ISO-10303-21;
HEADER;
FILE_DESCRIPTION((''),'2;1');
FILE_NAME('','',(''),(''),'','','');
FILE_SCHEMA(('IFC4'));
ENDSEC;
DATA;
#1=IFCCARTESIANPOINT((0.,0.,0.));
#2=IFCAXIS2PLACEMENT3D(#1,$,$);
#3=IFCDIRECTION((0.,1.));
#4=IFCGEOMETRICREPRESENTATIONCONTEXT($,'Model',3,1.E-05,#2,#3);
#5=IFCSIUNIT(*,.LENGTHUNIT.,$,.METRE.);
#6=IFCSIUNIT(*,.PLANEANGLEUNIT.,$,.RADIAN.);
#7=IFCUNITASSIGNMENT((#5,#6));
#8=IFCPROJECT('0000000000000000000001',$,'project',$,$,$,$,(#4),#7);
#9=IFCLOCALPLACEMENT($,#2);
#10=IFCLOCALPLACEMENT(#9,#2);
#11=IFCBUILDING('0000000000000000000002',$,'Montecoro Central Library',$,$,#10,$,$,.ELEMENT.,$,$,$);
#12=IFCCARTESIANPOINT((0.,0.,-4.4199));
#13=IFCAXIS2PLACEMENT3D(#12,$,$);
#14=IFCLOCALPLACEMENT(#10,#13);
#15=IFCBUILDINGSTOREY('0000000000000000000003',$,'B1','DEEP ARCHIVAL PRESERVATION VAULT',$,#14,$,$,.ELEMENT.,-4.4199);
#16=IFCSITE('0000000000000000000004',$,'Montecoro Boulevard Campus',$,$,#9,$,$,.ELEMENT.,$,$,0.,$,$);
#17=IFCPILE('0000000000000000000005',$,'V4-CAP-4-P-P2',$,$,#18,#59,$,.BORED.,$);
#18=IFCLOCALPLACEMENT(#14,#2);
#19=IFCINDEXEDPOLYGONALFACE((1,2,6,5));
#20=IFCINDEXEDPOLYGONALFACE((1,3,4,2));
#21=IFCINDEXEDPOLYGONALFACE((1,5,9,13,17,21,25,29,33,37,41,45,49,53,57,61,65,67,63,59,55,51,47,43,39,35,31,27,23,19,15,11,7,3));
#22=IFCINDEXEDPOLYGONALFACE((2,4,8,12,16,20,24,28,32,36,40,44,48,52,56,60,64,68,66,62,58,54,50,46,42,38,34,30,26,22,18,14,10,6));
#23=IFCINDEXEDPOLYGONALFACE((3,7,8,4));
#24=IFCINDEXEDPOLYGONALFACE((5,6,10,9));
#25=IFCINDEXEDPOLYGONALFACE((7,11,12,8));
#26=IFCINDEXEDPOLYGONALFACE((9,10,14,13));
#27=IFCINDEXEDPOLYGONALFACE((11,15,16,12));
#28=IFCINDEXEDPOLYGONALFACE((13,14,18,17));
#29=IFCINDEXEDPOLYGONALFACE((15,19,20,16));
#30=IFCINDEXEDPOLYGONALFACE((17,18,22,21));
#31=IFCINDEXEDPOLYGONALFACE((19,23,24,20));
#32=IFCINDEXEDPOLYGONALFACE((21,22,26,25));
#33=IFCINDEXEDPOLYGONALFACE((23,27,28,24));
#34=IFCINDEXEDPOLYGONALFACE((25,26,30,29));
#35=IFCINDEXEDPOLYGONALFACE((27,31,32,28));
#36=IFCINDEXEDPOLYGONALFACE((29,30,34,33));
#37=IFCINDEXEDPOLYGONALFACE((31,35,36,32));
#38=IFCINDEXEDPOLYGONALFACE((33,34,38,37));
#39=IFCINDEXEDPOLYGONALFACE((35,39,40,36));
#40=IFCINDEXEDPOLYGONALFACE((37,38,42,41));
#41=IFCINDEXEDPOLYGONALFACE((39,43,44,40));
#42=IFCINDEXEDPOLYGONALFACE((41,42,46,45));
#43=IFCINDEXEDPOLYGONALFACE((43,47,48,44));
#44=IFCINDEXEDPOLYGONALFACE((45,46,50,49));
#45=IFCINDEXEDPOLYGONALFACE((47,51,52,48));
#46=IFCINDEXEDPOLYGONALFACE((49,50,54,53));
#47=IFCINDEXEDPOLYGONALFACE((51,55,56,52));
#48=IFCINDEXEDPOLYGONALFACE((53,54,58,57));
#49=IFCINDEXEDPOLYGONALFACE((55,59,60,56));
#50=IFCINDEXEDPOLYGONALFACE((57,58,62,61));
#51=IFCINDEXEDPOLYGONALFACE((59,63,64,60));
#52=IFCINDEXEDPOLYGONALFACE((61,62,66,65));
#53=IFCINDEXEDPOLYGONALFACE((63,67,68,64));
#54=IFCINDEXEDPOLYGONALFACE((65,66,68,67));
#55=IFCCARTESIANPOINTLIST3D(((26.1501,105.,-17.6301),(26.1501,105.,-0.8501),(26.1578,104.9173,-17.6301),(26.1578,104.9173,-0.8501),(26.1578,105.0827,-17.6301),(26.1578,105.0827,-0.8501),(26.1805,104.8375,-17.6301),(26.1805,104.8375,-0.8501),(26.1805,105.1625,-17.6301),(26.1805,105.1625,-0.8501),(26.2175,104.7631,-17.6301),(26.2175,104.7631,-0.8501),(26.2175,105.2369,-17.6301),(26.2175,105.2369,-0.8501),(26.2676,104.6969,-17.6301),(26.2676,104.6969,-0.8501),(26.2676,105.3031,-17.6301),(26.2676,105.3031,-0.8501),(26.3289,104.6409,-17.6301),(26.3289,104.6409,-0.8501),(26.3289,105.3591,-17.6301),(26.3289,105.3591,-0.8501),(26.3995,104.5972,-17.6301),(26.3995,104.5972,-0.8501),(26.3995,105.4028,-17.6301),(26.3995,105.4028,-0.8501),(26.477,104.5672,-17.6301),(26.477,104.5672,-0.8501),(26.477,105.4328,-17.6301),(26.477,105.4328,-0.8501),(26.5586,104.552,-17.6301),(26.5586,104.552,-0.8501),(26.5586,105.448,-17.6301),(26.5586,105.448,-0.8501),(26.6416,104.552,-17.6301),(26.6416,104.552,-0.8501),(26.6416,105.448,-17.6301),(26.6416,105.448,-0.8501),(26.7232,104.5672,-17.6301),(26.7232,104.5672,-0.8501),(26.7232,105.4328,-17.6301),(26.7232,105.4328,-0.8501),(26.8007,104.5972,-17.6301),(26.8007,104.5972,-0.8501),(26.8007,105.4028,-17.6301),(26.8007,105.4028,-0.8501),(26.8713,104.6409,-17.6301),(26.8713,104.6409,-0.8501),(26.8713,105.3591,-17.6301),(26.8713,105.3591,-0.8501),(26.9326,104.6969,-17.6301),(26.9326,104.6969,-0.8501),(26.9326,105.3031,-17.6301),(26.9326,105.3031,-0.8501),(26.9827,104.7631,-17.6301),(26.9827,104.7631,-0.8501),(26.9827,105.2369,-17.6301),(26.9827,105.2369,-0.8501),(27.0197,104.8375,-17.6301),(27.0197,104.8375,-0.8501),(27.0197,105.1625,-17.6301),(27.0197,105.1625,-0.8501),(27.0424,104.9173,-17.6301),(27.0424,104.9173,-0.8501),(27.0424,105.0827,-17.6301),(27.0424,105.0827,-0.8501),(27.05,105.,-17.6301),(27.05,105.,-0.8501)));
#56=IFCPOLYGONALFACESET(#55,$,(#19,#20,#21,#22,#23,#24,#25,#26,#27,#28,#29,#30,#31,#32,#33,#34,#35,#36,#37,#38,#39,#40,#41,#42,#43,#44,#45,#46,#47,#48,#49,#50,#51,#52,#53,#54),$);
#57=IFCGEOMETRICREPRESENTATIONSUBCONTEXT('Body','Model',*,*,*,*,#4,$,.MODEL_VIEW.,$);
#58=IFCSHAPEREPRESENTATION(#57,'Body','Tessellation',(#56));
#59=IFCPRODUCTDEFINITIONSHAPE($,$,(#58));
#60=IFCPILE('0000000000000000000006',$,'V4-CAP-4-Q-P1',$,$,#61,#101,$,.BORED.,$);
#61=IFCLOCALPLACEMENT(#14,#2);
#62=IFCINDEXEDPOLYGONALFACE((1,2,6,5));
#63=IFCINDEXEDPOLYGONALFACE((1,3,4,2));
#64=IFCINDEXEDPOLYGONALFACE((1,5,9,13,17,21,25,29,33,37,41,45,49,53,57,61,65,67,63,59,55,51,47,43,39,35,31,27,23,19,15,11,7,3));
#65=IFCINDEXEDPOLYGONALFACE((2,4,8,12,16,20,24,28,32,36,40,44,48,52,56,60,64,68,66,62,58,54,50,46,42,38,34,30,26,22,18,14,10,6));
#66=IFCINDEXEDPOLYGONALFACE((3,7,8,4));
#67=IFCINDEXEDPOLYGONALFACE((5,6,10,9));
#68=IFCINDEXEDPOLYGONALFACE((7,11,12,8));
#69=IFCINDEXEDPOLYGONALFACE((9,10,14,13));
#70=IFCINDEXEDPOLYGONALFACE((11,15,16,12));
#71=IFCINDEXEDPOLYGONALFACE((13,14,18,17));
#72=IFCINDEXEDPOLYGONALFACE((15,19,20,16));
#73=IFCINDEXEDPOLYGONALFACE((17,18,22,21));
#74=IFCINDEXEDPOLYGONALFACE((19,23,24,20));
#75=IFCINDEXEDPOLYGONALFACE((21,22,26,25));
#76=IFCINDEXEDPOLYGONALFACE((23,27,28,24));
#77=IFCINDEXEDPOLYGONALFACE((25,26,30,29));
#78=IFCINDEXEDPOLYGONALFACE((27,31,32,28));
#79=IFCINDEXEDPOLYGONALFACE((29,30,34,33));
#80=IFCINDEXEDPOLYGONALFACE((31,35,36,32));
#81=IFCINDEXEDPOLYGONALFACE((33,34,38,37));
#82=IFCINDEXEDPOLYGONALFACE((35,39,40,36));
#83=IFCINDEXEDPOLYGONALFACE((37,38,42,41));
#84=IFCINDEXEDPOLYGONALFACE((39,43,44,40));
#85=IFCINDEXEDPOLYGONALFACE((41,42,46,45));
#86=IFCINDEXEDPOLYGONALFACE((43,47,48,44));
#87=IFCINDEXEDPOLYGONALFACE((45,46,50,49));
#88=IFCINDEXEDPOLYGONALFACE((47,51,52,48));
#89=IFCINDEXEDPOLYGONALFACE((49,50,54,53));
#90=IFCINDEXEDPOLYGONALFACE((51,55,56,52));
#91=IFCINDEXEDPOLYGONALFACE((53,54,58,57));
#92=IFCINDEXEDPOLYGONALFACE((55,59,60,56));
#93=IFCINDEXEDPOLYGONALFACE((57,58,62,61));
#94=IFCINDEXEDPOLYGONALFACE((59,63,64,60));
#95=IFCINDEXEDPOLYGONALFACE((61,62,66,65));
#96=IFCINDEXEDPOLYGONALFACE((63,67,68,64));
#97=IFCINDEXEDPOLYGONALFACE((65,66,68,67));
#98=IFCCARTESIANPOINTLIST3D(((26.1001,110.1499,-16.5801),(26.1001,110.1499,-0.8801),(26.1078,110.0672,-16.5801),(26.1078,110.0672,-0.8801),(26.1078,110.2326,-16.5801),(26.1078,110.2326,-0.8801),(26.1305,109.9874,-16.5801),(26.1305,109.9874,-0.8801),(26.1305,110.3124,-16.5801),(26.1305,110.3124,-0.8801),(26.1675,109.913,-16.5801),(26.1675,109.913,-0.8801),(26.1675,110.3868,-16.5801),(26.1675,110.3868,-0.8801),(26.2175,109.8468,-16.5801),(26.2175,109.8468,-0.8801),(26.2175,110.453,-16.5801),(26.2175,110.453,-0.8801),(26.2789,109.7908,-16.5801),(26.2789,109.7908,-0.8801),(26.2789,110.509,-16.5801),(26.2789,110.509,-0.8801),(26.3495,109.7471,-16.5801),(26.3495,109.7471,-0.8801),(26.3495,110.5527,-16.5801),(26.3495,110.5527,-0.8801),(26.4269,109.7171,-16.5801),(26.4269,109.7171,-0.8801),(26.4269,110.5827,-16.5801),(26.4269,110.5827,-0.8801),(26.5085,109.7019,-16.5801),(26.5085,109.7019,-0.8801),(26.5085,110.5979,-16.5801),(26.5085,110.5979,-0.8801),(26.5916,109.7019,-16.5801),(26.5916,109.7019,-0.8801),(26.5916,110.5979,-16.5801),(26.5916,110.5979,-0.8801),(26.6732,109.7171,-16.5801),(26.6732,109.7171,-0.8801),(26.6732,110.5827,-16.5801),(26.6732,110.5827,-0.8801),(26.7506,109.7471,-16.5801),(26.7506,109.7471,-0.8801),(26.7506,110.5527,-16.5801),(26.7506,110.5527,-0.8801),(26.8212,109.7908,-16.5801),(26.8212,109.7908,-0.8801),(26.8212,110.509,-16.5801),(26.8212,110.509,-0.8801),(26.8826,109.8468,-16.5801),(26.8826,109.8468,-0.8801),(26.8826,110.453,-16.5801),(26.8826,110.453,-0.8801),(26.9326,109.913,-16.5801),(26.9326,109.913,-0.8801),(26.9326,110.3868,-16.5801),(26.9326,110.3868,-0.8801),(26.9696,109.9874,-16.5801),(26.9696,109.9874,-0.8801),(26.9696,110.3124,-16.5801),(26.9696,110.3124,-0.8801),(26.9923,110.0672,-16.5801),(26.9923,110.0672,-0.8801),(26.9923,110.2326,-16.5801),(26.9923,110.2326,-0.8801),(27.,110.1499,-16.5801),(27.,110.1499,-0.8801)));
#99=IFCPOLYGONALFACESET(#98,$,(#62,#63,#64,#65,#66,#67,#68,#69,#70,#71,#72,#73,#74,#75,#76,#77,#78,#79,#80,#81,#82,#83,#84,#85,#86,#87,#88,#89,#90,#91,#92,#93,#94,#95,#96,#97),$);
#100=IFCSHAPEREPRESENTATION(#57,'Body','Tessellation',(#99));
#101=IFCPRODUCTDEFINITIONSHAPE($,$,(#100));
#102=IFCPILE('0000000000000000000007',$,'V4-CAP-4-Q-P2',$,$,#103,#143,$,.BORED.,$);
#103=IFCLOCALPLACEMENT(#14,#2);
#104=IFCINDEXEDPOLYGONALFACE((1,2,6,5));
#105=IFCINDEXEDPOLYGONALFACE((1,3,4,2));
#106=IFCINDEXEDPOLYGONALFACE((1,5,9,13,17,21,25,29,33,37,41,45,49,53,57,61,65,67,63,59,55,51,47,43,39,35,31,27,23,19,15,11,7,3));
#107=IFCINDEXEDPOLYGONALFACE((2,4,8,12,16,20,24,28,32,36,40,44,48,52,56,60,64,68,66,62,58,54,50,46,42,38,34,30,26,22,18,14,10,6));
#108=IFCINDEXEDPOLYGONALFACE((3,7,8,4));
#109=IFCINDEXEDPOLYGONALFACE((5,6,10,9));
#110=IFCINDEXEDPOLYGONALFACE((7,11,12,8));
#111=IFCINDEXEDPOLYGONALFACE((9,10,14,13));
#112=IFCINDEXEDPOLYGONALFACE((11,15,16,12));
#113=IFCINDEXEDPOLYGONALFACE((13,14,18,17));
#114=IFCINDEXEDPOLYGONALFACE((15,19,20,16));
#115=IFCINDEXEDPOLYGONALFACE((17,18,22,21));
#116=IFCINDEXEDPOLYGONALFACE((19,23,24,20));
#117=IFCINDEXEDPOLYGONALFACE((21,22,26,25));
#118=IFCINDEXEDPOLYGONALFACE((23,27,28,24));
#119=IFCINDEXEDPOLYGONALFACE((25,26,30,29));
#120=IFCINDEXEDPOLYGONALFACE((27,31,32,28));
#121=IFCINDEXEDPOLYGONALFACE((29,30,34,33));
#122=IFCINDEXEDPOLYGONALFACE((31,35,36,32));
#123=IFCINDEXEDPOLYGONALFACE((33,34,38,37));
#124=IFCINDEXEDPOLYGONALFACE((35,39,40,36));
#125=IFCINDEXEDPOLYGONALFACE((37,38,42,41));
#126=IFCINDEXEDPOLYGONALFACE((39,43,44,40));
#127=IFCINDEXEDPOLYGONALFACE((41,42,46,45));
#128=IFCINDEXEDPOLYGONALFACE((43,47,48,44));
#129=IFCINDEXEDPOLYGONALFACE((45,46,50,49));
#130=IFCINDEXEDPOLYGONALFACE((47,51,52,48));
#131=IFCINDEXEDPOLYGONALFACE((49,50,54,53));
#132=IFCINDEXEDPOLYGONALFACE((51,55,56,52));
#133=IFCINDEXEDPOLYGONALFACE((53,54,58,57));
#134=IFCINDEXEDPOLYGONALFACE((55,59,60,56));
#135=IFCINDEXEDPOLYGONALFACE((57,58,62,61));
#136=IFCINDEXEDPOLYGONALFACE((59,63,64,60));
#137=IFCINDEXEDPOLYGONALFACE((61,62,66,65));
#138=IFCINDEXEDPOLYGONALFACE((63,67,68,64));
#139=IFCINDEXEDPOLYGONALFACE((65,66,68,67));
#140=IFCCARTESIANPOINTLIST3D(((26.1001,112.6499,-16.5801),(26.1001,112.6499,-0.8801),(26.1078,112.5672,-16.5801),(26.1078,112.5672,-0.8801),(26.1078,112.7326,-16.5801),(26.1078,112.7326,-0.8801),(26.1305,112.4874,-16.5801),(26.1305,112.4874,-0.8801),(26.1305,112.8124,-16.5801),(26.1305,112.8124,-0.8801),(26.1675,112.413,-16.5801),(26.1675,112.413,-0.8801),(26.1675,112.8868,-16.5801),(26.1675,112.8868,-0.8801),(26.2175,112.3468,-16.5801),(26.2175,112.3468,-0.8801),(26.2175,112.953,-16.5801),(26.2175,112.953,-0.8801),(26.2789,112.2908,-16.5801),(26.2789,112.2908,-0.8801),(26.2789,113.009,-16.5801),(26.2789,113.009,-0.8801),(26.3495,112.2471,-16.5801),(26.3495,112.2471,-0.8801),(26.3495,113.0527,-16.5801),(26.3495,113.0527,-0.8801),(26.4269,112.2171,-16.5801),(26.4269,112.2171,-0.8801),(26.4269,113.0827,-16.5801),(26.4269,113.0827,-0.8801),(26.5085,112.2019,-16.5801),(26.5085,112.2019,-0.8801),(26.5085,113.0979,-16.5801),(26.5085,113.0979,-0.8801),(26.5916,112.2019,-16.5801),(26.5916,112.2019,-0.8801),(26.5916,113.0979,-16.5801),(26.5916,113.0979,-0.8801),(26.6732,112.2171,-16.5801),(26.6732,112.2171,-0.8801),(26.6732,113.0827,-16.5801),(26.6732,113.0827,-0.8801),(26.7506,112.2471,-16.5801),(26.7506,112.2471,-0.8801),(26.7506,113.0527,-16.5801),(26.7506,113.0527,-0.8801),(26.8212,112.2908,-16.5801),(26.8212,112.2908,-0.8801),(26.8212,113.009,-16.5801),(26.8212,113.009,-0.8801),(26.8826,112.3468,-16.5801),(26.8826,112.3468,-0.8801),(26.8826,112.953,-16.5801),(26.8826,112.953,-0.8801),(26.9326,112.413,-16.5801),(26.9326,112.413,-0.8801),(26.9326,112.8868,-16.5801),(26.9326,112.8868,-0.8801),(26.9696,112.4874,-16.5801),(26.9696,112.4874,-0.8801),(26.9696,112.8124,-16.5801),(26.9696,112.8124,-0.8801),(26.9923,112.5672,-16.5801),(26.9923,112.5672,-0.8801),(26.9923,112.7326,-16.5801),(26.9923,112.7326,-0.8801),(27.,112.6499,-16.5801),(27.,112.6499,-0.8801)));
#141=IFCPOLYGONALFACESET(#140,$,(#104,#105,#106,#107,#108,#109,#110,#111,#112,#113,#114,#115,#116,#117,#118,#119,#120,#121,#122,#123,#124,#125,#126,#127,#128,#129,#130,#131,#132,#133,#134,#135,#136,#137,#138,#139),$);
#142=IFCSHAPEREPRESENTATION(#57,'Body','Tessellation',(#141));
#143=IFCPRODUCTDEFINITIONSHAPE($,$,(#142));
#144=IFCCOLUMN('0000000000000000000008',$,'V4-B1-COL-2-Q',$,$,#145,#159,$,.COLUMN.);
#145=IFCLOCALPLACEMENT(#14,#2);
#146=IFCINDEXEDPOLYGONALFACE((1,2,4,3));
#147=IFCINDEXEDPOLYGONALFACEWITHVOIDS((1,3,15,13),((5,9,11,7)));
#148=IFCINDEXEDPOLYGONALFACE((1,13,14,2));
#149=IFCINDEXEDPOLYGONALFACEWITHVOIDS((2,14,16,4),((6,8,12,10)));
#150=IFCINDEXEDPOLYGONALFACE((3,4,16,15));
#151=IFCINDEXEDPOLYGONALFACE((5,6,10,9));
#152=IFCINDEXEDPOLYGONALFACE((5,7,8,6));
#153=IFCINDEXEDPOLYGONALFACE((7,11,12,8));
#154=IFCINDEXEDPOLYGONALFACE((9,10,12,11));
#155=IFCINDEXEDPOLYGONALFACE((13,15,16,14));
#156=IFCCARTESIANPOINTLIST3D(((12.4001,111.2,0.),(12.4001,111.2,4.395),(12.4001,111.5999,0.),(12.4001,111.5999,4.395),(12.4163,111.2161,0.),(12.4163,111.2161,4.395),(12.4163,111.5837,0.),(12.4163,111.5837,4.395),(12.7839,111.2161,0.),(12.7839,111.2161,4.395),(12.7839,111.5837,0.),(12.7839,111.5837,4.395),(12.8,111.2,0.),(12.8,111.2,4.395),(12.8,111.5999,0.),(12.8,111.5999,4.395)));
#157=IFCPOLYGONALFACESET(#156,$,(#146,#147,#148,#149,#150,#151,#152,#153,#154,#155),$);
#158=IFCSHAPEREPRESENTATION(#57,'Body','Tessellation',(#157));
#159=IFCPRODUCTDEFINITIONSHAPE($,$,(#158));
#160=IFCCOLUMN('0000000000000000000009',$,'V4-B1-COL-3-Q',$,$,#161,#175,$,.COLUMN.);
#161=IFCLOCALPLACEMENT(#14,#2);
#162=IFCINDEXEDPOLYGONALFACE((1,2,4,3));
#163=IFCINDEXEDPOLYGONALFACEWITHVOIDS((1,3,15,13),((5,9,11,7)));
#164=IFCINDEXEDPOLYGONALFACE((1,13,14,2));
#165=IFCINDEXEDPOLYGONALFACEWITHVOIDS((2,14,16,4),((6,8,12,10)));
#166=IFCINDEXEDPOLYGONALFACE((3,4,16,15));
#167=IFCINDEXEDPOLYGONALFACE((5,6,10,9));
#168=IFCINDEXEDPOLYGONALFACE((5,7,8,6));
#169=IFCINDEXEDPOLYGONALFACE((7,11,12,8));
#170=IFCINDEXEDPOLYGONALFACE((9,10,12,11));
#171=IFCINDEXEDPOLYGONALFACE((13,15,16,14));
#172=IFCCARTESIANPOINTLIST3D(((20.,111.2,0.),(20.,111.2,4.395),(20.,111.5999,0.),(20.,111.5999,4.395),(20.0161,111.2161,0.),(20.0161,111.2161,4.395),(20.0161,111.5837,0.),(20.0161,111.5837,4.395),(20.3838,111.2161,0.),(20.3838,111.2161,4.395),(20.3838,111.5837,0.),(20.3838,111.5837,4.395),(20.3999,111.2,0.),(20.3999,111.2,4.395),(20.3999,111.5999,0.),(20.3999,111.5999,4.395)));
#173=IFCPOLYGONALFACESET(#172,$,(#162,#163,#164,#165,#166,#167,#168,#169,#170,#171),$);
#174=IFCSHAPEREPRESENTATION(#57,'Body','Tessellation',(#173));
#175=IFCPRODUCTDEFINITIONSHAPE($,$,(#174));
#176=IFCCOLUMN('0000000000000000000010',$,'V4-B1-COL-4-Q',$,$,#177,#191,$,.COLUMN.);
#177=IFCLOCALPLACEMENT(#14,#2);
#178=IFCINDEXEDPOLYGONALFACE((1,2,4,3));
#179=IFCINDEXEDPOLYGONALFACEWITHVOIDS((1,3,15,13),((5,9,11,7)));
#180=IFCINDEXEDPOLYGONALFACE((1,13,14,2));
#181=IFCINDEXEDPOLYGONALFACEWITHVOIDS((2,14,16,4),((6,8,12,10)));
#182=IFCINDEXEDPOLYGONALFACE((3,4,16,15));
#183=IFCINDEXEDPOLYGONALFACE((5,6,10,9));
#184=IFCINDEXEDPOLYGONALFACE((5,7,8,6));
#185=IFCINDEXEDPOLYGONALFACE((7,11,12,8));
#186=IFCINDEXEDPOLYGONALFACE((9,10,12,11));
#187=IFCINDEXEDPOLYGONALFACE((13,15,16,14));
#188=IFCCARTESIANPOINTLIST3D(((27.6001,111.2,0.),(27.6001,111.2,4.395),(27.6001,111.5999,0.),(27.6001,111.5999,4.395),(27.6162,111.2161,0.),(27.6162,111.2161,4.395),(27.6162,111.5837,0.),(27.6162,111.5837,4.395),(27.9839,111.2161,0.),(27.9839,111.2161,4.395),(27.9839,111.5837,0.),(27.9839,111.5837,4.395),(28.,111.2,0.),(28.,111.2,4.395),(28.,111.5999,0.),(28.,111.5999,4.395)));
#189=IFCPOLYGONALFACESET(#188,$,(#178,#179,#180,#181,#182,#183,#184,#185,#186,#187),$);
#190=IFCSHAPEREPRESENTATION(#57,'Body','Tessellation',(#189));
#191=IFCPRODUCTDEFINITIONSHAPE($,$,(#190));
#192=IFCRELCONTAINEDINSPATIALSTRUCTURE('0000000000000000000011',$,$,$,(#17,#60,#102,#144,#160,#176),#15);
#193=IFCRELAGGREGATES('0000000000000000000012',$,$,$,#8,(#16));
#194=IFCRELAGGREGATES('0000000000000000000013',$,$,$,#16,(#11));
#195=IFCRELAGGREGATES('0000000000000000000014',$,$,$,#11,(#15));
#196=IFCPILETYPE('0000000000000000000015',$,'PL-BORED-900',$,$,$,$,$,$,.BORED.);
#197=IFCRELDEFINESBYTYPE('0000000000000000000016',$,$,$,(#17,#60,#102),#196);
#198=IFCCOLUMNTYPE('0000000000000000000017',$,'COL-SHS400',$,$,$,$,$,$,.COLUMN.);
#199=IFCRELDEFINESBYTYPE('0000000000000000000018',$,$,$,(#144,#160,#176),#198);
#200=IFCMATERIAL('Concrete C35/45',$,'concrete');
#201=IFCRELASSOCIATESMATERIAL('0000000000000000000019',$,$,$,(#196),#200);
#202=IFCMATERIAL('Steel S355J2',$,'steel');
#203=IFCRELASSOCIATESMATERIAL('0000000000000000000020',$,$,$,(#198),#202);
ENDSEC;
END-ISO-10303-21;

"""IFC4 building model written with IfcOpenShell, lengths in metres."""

from ifc_helpers import new_model, si_unit, direction, frame, origin, origin_2d, place, context, subcontext, project, spatial, hollow_rectangle, circle, extrude, material, material_profile, profile_set, type_object, element, save


model = new_model("IFC4")

# Units and contexts
model_context = context("Model", 3, precision=1e-05, world=origin(), true_north=direction((0.0, 1.0)))
body_context = subcontext(model_context, "Body", "Model", "MODEL_VIEW")
ifc_project = project(units=[si_unit("LENGTHUNIT", "METRE"), si_unit("PLANEANGLEUNIT", "RADIAN")], contexts=[model_context])

# Site, building, storey
site_placement = place(None, origin())
site = spatial("IfcSite", under=ifc_project, at=site_placement, Name="Montecoro Boulevard Campus", CompositionType="ELEMENT", RefElevation=0.0)
building_placement = place(site_placement, origin())
building = spatial("IfcBuilding", under=site, at=building_placement, Name="Montecoro Central Library", CompositionType="ELEMENT")
storey_placement = place(building_placement, frame((0.0, 0.0, -4.4199)))
storey = spatial("IfcBuildingStorey", under=building, at=storey_placement, Name="B1", Description="DEEP ARCHIVAL PRESERVATION VAULT", CompositionType="ELEMENT", Elevation=-4.4199)

# Shared definitions
ifc_material_1 = material(Name="Concrete C35/45", Category="concrete")

# Piles
ifc_material_profile_1 = material_profile(ifc_material_1, circle(Radius=0.45, at=origin_2d()), Name="PILE D900")
ifc_profile_set_1 = profile_set([ifc_material_profile_1], Name="Concrete C35/45")
pile_type_1 = type_object("IfcPileType", Name="PL-BORED-900", PredefinedType="BORED", material=ifc_profile_set_1)
pile_1_placement = place(storey_placement, frame((26.6001, 105.0, -0.8501), z_axis=(0.0, 0.0, -1.0), x_axis=(1.0, 0.0, 0.0)))
element("IfcPile", 1, at=pile_1_placement, inside=storey, type_object=pile_type_1, Name="V4-CAP-4-P-P2", PredefinedType="BORED", context=body_context, shape_type="SweptSolid", body=[
    extrude(circle(Radius=0.45, at=origin_2d()), origin(), (0.0, 0.0, 1.0), 16.78),
])
for number, where, z_axis, x_axis, name in (
    (2, (26.55, 110.1499, -0.8801), (0.0, 0.0, -1.0), (1.0, 0.0, 0.0), "V4-CAP-4-Q-P1"),
    (3, (26.55, 112.6499, -0.8801), (0.0, 0.0, -1.0), (1.0, 0.0, 0.0), "V4-CAP-4-Q-P2"),
):
    element("IfcPile", number, at=place(storey_placement, frame(where, z_axis=z_axis, x_axis=x_axis)), inside=storey, type_object=pile_type_1, Name=name, PredefinedType="BORED", context=body_context, shape_type="SweptSolid", body=[
        extrude(circle(Radius=0.45, at=origin_2d()), origin(), (0.0, 0.0, 1.0), 15.7),
    ])

# Columns
ifc_material_2 = material(Name="Steel S355J2", Category="steel")
ifc_material_profile_2 = material_profile(ifc_material_2, hollow_rectangle(XDim=0.3999, YDim=0.3999, WallThickness=0.0161, at=origin_2d()), Name="SHS 400x400x16.0")
ifc_profile_set_2 = profile_set([ifc_material_profile_2], Name="Steel S355J2")
column_type = type_object("IfcColumnType", Name="COL-SHS400", PredefinedType="COLUMN", material=ifc_profile_set_2)
for number, where, z_axis, x_axis, name in (
    (4, (12.6001, 111.3999, 0.0), (0.0, 0.0, 1.0), (1.0, 0.0, 0.0), "V4-B1-COL-2-Q"),
    (5, (20.2, 111.3999, 0.0), (0.0, 0.0, 1.0), (1.0, 0.0, 0.0), "V4-B1-COL-3-Q"),
    (6, (27.8, 111.3999, 0.0), (0.0, 0.0, 1.0), (1.0, 0.0, 0.0), "V4-B1-COL-4-Q"),
):
    element("IfcColumn", number, at=place(storey_placement, frame(where, z_axis=z_axis, x_axis=x_axis)), inside=storey, type_object=column_type, Name=name, PredefinedType="COLUMN", context=body_context, shape_type="SweptSolid", body=[
        extrude(hollow_rectangle(XDim=0.3999, YDim=0.3999, WallThickness=0.0161, at=origin_2d()), origin(), (0.0, 0.0, 1.0), 4.395),
    ])

save(model, "model.ifc")
